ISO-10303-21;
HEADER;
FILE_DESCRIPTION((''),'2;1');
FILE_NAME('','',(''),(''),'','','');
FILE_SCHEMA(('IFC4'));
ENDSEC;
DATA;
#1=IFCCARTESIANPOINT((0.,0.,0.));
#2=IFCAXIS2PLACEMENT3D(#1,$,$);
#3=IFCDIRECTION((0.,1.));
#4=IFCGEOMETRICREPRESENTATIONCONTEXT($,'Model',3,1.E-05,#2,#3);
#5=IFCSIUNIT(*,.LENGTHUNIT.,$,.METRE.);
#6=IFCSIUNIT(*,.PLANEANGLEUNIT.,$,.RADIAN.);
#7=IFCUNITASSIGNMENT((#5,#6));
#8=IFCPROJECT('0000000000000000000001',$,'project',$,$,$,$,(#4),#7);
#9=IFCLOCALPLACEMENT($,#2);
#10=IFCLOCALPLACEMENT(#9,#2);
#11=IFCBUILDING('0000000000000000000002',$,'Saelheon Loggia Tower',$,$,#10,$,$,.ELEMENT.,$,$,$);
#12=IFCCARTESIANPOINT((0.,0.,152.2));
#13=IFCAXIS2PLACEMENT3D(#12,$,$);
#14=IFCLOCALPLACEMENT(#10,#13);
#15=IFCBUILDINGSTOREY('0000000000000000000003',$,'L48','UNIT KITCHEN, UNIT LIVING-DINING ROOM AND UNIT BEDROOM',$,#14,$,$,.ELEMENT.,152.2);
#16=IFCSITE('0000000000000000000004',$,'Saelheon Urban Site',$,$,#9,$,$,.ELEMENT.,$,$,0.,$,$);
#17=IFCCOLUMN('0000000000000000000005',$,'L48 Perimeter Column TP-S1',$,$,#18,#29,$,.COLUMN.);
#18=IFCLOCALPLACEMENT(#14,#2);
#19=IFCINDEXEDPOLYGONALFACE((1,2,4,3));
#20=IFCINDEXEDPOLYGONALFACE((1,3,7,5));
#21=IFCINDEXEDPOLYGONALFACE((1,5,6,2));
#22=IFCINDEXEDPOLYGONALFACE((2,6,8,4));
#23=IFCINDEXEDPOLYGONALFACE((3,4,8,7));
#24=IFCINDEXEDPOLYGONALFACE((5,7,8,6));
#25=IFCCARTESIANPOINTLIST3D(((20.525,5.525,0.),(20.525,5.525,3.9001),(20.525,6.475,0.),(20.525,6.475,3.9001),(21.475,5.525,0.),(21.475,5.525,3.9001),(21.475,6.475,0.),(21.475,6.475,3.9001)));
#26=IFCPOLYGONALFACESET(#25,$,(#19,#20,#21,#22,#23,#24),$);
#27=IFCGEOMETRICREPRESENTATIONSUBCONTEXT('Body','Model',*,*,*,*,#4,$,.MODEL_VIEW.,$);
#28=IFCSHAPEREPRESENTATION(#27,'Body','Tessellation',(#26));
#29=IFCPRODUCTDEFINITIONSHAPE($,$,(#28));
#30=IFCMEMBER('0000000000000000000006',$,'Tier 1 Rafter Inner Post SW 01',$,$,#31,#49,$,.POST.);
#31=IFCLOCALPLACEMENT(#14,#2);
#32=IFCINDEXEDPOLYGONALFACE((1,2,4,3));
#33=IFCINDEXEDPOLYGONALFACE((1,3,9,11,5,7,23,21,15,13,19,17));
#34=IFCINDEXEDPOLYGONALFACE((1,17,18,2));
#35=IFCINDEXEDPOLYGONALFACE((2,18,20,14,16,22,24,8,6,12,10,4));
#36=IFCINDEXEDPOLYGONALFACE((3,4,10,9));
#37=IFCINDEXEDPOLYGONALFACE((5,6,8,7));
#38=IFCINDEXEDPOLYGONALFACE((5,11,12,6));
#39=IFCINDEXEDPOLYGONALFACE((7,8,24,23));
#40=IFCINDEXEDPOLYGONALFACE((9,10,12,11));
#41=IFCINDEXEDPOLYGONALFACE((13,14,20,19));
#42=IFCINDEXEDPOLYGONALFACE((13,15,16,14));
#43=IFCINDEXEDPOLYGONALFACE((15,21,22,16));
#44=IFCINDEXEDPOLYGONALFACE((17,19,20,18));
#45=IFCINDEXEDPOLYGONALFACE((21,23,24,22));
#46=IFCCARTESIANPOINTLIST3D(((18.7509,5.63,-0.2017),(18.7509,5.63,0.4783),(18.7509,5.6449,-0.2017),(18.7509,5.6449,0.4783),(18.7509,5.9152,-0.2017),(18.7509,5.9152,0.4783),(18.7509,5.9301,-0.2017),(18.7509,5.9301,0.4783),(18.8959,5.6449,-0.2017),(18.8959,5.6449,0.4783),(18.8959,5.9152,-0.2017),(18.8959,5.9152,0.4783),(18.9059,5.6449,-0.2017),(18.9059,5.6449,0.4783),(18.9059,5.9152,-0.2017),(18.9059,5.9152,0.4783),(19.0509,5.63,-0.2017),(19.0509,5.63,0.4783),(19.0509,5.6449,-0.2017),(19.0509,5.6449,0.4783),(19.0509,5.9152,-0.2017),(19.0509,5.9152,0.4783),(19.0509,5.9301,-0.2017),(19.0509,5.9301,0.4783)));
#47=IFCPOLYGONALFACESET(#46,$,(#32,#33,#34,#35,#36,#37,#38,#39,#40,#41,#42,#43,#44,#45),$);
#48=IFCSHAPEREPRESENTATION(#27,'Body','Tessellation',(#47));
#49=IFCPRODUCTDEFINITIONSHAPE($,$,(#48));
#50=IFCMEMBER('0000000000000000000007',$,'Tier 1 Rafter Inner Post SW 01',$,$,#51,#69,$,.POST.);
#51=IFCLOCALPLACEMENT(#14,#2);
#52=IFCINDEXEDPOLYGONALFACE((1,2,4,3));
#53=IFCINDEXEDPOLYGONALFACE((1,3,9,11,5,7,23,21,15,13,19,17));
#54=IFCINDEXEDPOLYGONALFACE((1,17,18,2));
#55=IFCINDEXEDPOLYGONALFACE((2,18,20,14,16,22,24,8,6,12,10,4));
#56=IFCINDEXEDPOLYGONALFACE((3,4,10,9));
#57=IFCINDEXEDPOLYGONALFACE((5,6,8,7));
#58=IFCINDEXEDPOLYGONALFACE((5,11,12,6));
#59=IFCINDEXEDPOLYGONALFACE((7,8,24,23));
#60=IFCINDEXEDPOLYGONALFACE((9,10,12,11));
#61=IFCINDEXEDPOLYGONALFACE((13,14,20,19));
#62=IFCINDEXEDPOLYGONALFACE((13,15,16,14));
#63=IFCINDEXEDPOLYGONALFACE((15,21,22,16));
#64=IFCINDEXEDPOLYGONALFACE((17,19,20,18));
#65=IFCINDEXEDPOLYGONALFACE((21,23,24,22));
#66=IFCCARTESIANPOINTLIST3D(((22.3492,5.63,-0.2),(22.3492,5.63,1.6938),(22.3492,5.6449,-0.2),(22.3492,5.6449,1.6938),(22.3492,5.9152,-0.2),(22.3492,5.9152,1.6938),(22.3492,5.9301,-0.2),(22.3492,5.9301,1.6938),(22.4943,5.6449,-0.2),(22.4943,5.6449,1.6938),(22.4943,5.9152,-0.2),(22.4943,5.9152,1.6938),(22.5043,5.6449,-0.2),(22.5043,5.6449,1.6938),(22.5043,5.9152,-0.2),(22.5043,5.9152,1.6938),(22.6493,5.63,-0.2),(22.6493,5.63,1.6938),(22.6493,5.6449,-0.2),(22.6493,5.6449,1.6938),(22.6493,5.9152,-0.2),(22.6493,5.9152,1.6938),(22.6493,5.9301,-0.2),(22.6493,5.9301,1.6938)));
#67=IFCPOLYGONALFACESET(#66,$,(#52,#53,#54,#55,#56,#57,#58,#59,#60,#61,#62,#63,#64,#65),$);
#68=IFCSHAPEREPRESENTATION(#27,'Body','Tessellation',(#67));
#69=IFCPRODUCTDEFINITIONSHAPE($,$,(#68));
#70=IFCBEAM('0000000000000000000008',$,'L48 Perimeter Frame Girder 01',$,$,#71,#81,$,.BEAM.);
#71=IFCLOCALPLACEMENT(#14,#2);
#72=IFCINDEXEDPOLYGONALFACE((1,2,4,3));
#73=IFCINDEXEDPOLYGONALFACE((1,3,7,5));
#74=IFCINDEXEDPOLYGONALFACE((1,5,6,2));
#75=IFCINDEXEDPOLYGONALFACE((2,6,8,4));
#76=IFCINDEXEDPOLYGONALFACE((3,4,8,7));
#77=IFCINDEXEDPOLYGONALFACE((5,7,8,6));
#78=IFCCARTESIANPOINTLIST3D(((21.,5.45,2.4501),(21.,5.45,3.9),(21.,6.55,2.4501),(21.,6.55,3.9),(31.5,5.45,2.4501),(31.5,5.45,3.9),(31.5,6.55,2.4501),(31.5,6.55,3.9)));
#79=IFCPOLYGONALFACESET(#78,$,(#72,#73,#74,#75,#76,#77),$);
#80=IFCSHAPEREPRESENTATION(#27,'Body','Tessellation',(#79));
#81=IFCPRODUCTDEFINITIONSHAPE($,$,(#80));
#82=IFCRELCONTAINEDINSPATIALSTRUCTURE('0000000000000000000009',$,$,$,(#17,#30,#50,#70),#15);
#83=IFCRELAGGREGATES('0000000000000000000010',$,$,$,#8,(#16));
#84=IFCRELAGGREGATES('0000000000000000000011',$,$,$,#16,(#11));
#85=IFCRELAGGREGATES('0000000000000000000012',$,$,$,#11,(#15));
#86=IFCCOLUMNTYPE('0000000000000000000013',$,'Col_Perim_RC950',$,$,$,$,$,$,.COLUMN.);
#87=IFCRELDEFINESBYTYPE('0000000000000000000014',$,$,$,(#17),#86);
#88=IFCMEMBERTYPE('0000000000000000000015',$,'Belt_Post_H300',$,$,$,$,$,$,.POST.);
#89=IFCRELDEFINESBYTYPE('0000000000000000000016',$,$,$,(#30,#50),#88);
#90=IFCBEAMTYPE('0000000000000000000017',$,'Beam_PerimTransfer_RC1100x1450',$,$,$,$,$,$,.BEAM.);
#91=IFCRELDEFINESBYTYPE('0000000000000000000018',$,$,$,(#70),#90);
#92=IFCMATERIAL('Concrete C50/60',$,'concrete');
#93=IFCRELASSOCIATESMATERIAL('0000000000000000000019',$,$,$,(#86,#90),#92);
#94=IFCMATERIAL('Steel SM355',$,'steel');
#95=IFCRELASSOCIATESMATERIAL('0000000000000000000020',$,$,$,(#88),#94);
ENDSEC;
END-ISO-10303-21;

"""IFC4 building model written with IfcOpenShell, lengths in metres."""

from ifc_helpers import new_model, si_unit, direction, frame, origin, origin_2d, place, context, subcontext, project, spatial, rectangle, i_section, extrude, source, transform, mapped, material, material_profile, profile_set, type_object, element, save


model = new_model("IFC4")

# Units and contexts
model_context = context("Model", 3, precision=1e-05, world=origin(), true_north=direction((0.0, 1.0)))
body_context = subcontext(model_context, "Body", "Model", "MODEL_VIEW")
ifc_project = project(units=[si_unit("LENGTHUNIT", "METRE"), si_unit("PLANEANGLEUNIT", "RADIAN")], contexts=[model_context])

# Site, building, storey
site_placement = place(None, origin())
site = spatial("IfcSite", under=ifc_project, at=site_placement, Name="Saelheon Urban Site", CompositionType="ELEMENT", RefElevation=0.0)
building_placement = place(site_placement, origin())
building = spatial("IfcBuilding", under=site, at=building_placement, Name="Saelheon Loggia Tower", CompositionType="ELEMENT")
storey_placement = place(building_placement, frame((0.0, 0.0, 152.2)))
storey = spatial("IfcBuildingStorey", under=building, at=storey_placement, Name="L48", Description="UNIT KITCHEN, UNIT LIVING-DINING ROOM AND UNIT BEDROOM", CompositionType="ELEMENT", Elevation=152.2)

# Column
ifc_material_1 = material(Name="Concrete C50/60", Category="concrete")
ifc_material_profile_1 = material_profile(ifc_material_1, rectangle(XDim=0.95, YDim=0.95, at=origin_2d()), Name="RC-950x950")
ifc_profile_set_1 = profile_set([ifc_material_profile_1], Name="Concrete C50/60")
column_type = type_object("IfcColumnType", Name="Col_Perim_RC950", PredefinedType="COLUMN", material=ifc_profile_set_1)
shared_shape_1 = source(origin(), body_context, "Body", "SweptSolid", [
    extrude(rectangle(XDim=0.95, YDim=0.95, at=origin_2d()), origin(), (0.0, 0.0, 1.0), 3.9001),
])
column_placement = place(storey_placement, frame((21.0, 6.0, 0.0), z_axis=(0.0, 0.0, 1.0), x_axis=(1.0, 0.0, 0.0)))
element("IfcColumn", 1, at=column_placement, inside=storey, type_object=column_type, Name="L48 Perimeter Column TP-S1", PredefinedType="COLUMN", context=body_context, shape_type="MappedRepresentation", body=[
    mapped(shared_shape_1, transform((0.0, 0.0, 0.0), scale=1.0)),
])

# Members
ifc_material_2 = material(Name="Steel SM355", Category="steel")
ifc_material_profile_2 = material_profile(ifc_material_2, i_section(OverallWidth=0.3, OverallDepth=0.3, WebThickness=0.01, FlangeThickness=0.0149, at=origin_2d()), Name="H-300x300x10x15")
ifc_profile_set_2 = profile_set([ifc_material_profile_2], Name="Steel SM355")
member_type = type_object("IfcMemberType", Name="Belt_Post_H300", PredefinedType="POST", material=ifc_profile_set_2)
shared_shape_2 = source(origin(), body_context, "Body", "SweptSolid", [
    extrude(i_section(OverallWidth=0.3, OverallDepth=0.3, WebThickness=0.01, FlangeThickness=0.0149, at=origin_2d()), origin(), (0.0, 0.0, 1.0), 0.6799),
])
member_1_placement = place(storey_placement, frame((18.9009, 5.78, -0.2017), z_axis=(0.0, 0.0, 1.0), x_axis=(1.0, 0.0, 0.0)))
element("IfcMember", 2, at=member_1_placement, inside=storey, type_object=member_type, Name="Tier 1 Rafter Inner Post SW 01", PredefinedType="POST", context=body_context, shape_type="MappedRepresentation", body=[
    mapped(shared_shape_2, transform((0.0, 0.0, 0.0), scale=1.0)),
])
shared_shape_3 = source(origin(), body_context, "Body", "SweptSolid", [
    extrude(i_section(OverallWidth=0.3, OverallDepth=0.3, WebThickness=0.01, FlangeThickness=0.0149, at=origin_2d()), origin(), (0.0, 0.0, 1.0), 1.8938),
])
member_2_placement = place(storey_placement, frame((22.4993, 5.78, -0.2), z_axis=(0.0, 0.0, 1.0), x_axis=(1.0, 0.0, 0.0)))
element("IfcMember", 3, at=member_2_placement, inside=storey, type_object=member_type, Name="Tier 1 Rafter Inner Post SW 01", PredefinedType="POST", context=body_context, shape_type="MappedRepresentation", body=[
    mapped(shared_shape_3, transform((0.0, 0.0, 0.0), scale=1.0)),
])

# Beam
ifc_material_profile_3 = material_profile(ifc_material_1, rectangle(XDim=1.1001, YDim=1.45, at=origin_2d()), Name="RC-1100x1450")
ifc_profile_set_3 = profile_set([ifc_material_profile_3], Name="Concrete C50/60")
beam_type = type_object("IfcBeamType", Name="Beam_PerimTransfer_RC1100x1450", PredefinedType="BEAM", material=ifc_profile_set_3)
shared_shape_4 = source(origin(), body_context, "Body", "SweptSolid", [
    extrude(rectangle(XDim=1.1001, YDim=1.45, at=origin_2d()), origin(), (0.0, 0.0, 1.0), 10.5),
])
beam_placement = place(storey_placement, frame((21.0, 6.0, 3.175), z_axis=(1.0, 0.0, 0.0), x_axis=(0.0, 1.0, 0.0)))
element("IfcBeam", 4, at=beam_placement, inside=storey, type_object=beam_type, Name="L48 Perimeter Frame Girder 01", PredefinedType="BEAM", context=body_context, shape_type="MappedRepresentation", body=[
    mapped(shared_shape_4, transform((0.0, 0.0, 0.0), scale=1.0)),
])

save(model, "model.ifc")
